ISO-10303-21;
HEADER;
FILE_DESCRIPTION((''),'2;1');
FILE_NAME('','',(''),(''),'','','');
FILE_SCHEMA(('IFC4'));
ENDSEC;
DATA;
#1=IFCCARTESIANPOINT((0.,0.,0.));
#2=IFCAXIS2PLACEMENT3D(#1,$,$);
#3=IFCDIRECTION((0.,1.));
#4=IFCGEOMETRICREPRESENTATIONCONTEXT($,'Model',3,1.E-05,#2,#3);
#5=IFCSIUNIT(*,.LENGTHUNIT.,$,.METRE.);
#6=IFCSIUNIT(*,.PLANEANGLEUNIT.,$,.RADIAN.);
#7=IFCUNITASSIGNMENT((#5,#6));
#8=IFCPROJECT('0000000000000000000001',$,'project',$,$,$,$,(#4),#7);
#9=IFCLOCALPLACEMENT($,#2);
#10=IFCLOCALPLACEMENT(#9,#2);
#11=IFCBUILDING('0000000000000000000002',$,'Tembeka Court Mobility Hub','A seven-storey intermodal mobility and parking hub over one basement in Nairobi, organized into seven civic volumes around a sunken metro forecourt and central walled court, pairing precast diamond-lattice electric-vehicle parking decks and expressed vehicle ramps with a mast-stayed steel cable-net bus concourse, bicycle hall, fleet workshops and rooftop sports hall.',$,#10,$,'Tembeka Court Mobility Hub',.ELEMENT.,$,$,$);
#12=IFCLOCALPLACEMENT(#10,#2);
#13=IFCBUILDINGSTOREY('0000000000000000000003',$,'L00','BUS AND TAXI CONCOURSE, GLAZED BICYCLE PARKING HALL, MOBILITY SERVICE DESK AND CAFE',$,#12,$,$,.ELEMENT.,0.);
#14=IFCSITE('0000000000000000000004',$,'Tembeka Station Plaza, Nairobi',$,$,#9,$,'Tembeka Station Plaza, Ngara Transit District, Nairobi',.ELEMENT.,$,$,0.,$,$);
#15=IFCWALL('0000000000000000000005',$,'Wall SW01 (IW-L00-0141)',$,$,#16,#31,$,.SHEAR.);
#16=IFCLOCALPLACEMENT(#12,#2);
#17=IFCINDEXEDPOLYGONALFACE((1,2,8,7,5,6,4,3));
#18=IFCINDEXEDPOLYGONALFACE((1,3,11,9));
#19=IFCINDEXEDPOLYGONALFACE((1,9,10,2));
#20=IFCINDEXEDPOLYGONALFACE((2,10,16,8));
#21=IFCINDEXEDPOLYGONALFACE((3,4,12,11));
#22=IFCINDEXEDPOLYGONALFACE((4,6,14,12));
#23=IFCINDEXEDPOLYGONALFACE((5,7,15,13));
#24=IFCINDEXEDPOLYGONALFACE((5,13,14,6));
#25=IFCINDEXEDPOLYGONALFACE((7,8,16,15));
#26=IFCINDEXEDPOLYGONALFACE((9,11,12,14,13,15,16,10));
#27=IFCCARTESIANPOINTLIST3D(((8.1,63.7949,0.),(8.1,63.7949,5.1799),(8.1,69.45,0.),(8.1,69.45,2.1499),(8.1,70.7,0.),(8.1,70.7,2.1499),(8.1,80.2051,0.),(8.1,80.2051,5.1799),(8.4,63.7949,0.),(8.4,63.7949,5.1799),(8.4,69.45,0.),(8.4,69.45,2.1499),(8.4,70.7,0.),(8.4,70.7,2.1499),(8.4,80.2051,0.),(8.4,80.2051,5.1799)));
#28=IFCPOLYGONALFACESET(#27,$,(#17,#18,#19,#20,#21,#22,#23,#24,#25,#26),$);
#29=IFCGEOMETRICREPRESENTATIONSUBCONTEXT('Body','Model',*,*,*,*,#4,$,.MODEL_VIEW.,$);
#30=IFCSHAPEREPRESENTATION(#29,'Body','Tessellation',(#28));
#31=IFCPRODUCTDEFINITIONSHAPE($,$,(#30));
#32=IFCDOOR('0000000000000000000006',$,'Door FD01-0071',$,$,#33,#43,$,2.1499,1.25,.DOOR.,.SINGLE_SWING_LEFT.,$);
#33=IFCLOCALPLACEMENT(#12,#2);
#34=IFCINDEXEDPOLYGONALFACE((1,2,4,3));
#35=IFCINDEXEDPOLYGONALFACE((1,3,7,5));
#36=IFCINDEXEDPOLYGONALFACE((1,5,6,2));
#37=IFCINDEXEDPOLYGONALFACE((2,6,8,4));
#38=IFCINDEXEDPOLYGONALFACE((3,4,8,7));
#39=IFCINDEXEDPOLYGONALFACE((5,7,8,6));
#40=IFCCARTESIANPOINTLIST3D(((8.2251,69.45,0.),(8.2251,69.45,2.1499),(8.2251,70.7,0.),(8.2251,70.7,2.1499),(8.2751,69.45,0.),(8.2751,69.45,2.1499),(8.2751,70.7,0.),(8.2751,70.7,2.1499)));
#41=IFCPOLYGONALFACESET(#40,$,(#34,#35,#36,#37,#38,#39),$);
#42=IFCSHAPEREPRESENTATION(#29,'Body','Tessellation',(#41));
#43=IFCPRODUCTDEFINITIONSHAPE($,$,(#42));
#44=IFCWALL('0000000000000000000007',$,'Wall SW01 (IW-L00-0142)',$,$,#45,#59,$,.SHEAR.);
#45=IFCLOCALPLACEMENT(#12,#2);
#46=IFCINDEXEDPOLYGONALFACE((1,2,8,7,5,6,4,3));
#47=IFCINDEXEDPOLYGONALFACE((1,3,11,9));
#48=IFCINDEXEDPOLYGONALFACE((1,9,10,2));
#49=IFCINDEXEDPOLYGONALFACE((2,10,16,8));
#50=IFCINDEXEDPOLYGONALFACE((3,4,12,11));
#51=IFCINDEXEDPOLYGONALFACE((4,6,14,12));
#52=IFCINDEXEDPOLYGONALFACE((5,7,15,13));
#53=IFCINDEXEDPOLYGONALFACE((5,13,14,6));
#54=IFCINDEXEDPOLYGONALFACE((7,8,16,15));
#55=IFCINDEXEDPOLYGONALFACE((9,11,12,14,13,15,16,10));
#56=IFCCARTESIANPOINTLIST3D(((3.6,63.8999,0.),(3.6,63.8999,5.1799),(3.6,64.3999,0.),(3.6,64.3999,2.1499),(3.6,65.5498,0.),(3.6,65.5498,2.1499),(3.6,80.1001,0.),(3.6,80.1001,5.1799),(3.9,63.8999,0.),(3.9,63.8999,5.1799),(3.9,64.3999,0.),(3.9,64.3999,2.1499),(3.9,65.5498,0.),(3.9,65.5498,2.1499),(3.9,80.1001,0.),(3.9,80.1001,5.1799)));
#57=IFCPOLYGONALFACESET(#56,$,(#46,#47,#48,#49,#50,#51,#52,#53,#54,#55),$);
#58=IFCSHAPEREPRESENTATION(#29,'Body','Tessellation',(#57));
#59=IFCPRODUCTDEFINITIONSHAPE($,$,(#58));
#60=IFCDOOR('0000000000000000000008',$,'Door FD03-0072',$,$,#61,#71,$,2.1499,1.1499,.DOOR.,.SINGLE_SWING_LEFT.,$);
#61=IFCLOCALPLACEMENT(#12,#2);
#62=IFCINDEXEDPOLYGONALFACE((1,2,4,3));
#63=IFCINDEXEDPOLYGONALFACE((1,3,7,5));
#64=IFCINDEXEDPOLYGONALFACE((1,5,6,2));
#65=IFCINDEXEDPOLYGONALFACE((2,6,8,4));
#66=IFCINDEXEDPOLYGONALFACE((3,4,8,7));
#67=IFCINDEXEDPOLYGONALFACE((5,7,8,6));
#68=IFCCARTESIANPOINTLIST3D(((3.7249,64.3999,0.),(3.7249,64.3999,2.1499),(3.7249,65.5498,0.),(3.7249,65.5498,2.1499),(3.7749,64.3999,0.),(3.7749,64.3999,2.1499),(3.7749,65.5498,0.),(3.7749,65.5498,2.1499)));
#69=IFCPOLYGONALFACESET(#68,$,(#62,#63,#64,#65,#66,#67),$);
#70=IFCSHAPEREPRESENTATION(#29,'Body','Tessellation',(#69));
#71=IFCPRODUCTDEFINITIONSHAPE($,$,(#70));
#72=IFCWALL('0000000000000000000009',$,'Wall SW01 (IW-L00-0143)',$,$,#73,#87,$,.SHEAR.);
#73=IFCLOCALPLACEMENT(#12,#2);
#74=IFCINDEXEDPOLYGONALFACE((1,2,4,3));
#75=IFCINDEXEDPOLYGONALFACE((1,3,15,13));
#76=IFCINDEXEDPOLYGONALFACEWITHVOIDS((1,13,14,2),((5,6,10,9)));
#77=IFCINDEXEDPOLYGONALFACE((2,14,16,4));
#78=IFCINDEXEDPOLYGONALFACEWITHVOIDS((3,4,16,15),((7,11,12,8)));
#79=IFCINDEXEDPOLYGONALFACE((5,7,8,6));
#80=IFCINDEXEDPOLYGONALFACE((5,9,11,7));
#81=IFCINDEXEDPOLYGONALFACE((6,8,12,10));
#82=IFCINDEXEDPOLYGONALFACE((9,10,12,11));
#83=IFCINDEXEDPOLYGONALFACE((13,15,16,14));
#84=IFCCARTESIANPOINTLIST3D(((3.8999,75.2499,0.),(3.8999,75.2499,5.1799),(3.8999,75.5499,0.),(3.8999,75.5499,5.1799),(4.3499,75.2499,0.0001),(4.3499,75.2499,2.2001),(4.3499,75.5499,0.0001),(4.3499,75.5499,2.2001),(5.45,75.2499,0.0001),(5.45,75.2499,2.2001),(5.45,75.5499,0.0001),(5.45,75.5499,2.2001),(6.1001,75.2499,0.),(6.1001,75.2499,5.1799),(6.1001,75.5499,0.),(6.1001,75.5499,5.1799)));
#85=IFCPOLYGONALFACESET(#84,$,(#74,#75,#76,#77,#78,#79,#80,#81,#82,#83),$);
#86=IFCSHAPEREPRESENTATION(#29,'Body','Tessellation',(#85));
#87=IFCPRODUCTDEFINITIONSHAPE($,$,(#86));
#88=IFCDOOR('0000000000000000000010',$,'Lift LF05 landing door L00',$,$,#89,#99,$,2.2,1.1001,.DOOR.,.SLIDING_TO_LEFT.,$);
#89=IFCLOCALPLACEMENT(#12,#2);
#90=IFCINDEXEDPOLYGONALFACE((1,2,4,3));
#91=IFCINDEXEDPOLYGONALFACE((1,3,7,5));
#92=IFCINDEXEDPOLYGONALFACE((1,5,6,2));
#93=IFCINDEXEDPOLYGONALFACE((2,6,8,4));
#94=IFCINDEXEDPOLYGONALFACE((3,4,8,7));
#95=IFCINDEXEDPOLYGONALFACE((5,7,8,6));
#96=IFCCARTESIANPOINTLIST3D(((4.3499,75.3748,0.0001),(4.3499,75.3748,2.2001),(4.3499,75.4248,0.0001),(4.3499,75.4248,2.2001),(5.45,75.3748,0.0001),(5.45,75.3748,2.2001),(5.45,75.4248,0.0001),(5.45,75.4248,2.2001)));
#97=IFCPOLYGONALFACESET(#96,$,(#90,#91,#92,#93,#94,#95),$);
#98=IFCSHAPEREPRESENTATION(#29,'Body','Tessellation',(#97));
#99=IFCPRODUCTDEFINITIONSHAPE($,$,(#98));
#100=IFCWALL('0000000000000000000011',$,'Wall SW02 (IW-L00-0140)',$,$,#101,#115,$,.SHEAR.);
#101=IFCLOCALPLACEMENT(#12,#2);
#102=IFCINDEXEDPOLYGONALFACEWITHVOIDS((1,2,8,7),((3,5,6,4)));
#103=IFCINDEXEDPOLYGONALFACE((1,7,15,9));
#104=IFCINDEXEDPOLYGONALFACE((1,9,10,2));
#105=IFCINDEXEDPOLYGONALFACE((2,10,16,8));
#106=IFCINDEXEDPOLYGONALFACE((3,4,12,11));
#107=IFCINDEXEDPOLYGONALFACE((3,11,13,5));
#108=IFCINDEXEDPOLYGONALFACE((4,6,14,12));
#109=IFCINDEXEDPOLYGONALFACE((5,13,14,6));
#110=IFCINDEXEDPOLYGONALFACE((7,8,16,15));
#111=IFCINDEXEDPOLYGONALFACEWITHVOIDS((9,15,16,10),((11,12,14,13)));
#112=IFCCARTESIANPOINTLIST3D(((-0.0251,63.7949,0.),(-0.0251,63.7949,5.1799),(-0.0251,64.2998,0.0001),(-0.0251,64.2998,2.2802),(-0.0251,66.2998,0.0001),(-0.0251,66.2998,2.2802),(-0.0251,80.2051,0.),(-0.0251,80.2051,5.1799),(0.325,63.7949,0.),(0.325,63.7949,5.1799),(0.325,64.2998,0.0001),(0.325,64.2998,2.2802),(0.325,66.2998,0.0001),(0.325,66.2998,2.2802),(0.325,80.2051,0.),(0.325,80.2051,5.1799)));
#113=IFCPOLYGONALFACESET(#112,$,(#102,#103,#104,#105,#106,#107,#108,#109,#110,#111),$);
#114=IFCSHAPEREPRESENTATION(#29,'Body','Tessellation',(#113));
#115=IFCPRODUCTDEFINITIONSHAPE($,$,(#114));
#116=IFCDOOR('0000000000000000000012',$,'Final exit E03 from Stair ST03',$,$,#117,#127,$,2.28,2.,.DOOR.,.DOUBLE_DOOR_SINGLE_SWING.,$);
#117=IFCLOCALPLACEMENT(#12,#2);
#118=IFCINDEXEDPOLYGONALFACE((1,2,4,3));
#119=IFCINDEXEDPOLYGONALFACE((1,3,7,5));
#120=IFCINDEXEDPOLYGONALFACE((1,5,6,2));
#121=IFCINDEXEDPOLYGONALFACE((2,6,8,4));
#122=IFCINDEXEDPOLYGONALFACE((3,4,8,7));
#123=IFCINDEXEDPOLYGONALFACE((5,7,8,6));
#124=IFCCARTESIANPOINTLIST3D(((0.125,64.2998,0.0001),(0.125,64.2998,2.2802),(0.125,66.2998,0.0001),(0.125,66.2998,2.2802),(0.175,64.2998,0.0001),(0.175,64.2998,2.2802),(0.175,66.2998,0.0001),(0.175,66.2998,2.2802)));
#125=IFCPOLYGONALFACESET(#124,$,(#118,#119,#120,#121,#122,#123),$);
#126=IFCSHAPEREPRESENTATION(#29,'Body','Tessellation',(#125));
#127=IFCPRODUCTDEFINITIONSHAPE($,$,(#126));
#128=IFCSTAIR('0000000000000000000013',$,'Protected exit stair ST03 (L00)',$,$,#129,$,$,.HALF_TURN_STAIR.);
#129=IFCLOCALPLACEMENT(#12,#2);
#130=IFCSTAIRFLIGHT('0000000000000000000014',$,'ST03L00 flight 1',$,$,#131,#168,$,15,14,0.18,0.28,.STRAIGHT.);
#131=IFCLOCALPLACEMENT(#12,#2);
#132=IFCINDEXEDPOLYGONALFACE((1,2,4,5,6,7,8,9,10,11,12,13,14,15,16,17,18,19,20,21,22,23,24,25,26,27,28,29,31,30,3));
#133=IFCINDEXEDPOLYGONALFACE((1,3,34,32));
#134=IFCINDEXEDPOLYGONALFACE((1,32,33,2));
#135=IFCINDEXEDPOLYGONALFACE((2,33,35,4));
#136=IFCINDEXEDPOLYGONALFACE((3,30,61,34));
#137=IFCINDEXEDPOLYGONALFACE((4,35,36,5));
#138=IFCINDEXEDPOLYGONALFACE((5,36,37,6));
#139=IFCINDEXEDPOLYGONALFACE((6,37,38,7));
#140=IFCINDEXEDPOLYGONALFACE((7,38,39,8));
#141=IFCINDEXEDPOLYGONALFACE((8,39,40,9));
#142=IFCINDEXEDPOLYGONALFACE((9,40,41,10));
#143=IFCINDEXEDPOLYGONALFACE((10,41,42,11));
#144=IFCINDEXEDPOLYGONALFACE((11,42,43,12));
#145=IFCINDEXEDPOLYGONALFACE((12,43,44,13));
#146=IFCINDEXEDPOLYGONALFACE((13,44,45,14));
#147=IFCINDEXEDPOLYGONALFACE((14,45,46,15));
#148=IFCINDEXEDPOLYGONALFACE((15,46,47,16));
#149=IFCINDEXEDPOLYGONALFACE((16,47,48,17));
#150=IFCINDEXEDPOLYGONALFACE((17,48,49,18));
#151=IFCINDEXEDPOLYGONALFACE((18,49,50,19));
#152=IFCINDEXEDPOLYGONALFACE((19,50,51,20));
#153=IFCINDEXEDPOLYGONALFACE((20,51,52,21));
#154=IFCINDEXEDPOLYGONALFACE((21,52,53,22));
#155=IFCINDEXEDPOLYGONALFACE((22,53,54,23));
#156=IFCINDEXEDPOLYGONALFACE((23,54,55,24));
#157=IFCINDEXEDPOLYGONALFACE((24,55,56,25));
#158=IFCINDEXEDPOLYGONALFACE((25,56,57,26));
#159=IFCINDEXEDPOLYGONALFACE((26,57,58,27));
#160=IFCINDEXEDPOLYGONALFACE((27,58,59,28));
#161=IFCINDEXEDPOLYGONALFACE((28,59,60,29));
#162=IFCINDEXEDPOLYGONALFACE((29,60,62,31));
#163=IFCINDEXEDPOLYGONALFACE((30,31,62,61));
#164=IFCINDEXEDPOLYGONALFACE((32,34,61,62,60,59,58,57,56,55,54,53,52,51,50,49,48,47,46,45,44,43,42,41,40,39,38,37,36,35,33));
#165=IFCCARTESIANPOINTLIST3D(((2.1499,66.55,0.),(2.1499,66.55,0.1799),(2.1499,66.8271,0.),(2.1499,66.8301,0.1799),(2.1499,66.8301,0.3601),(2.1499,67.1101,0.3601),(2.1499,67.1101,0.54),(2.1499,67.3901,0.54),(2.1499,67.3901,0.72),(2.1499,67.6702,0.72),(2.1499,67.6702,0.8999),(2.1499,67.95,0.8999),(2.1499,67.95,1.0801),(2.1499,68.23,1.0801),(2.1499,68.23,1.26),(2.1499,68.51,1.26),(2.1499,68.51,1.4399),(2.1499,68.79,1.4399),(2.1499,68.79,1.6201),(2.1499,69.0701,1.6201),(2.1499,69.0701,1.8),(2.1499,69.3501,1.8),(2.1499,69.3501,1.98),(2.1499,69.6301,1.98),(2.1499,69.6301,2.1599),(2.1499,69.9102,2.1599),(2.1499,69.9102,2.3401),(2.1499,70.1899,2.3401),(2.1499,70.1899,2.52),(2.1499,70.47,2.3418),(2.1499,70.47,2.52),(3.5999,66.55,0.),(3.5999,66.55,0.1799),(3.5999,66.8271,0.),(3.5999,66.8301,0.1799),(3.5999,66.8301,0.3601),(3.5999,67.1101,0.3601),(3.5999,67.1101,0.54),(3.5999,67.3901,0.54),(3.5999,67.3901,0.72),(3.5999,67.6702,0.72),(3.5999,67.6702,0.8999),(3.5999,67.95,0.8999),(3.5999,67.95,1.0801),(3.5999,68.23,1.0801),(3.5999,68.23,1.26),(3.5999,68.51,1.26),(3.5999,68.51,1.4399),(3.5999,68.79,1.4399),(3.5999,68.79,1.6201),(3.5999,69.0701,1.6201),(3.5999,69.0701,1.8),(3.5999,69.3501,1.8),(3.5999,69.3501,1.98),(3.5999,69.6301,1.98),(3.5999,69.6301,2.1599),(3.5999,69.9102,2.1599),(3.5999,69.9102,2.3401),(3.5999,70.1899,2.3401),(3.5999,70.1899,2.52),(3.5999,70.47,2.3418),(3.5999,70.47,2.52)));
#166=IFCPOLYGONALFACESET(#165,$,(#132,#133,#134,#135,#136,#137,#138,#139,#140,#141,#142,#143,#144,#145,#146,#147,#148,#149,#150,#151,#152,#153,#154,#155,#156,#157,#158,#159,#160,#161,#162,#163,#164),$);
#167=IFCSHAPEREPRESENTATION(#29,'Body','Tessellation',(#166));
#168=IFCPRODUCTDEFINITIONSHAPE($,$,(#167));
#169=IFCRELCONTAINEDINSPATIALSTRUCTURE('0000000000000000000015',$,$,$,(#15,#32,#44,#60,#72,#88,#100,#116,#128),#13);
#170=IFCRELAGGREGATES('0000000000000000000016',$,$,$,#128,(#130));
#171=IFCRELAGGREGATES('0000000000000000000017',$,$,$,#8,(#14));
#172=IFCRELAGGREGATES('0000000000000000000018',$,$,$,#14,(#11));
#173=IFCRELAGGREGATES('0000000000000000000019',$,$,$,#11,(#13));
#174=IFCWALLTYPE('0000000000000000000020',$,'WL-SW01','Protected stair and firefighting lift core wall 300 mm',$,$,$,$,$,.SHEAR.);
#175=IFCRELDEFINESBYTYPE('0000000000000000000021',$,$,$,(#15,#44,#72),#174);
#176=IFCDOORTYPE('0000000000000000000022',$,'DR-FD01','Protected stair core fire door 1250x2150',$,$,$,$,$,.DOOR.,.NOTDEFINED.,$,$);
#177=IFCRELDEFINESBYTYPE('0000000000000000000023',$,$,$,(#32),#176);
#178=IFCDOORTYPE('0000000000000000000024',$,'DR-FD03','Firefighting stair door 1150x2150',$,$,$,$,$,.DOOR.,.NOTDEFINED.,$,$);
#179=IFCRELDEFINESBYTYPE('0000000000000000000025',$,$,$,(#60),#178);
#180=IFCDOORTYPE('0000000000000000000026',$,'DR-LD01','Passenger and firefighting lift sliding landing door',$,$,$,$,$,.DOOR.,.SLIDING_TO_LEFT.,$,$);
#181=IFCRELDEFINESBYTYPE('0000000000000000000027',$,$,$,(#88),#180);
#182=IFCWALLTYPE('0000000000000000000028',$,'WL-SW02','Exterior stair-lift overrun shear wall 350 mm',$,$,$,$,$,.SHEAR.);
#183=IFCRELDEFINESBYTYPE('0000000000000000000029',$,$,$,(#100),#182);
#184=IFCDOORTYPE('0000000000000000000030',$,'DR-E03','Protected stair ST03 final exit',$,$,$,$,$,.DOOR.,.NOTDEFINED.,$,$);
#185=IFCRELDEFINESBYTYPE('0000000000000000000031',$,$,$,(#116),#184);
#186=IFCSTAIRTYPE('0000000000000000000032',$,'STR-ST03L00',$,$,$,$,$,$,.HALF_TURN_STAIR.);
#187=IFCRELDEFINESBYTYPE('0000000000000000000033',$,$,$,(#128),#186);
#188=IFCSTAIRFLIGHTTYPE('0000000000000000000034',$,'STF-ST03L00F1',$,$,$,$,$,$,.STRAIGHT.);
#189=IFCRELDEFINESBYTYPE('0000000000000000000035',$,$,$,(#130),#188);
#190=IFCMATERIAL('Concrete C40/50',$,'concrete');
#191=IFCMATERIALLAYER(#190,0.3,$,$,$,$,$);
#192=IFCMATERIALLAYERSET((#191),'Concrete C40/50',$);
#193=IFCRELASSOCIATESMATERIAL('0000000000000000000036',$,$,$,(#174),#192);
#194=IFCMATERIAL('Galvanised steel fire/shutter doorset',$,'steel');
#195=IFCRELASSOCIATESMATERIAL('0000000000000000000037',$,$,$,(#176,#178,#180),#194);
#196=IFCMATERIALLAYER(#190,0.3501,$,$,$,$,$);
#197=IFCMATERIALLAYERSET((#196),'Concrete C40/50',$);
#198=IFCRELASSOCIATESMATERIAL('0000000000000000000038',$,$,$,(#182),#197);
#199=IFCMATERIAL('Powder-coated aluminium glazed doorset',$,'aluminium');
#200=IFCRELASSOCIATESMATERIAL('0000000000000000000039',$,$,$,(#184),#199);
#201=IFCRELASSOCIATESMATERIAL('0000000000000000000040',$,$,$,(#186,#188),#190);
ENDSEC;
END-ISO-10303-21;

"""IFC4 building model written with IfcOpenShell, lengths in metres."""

from ifc_helpers import new_model, si_unit, direction, frame, frame_2d, origin, place, context, subcontext, project, spatial, polyline, rectangle, outline, extrude, material, layer, layer_set, type_object, element, fill, aggregate, save


model = new_model("IFC4")

# Units and contexts
model_context = context("Model", 3, precision=1e-05, world=origin(), true_north=direction((0.0, 1.0)))
body_context = subcontext(model_context, "Body", "Model", "MODEL_VIEW")
ifc_project = project(units=[si_unit("LENGTHUNIT", "METRE"), si_unit("PLANEANGLEUNIT", "RADIAN")], contexts=[model_context])

# Site, building, storey
site_placement = place(None, origin())
site = spatial("IfcSite", under=ifc_project, at=site_placement, Name="Tembeka Station Plaza, Nairobi", LongName="Tembeka Station Plaza, Ngara Transit District, Nairobi", CompositionType="ELEMENT", RefElevation=0.0)
building_placement = place(site_placement, origin())
building = spatial("IfcBuilding", under=site, at=building_placement, Name="Tembeka Court Mobility Hub", Description="A seven-storey intermodal mobility and parking hub over one basement in Nairobi, organized into seven civic volumes around a sunken metro forecourt and central walled court, pairing precast diamond-lattice electric-vehicle parking decks and expressed vehicle ramps with a mast-stayed steel cable-net bus concourse, bicycle hall, fleet workshops and rooftop sports hall.", LongName="Tembeka Court Mobility Hub", CompositionType="ELEMENT")
storey_placement = place(building_placement, origin())
storey = spatial("IfcBuildingStorey", under=building, at=storey_placement, Name="L00", Description="BUS AND TAXI CONCOURSE, GLAZED BICYCLE PARKING HALL, MOBILITY SERVICE DESK AND CAFE", CompositionType="ELEMENT", Elevation=0.0)

# Shared definitions
ifc_material_1 = material(Name="Concrete C40/50", Category="concrete")
ifc_layer_1 = layer(ifc_material_1, 0.3)
ifc_layer_set_1 = layer_set([ifc_layer_1], Name="Concrete C40/50")
wall_type_1 = type_object("IfcWallType", Name="WL-SW01", Description="Protected stair and firefighting lift core wall 300 mm", PredefinedType="SHEAR", material=ifc_layer_set_1)

# Walls, openings, doors
wall_1_placement = place(storey_placement, frame((8.25, 63.7949, 0.0), z_axis=(0.0, 0.0, 1.0), x_axis=(0.0, 1.0, 0.0)))
wall_1 = element("IfcWall", 1, at=wall_1_placement, inside=storey, type_object=wall_type_1, Name="Wall SW01 (IW-L00-0141)", PredefinedType="SHEAR", context=body_context, shape_type="SweptSolid", body=[
    extrude(rectangle(XDim=16.4102, YDim=0.3, at=frame_2d((8.2051, 0.0))), origin(), (0.0, 0.0, 1.0), 5.1799),
])
opening_1_placement = place(wall_1_placement, frame((5.655, 0.0, 0.0)))
opening_1 = element("IfcOpeningElement", 2, at=opening_1_placement, cuts=wall_1, PredefinedType="OPENING", context=body_context, shape_type="SweptSolid", body=[
    extrude(rectangle(XDim=1.25, YDim=2.1499, at=frame_2d((0.625, 1.075))), frame((0.0, 0.1602, 0.0), z_axis=(0.0, -1.0, 0.0), x_axis=(1.0, 0.0, 0.0)), (0.0, 0.0, 1.0), 0.3201),
])
ifc_material_2 = material(Name="Galvanised steel fire/shutter doorset", Category="steel")
door_type_1 = type_object("IfcDoorType", Name="DR-FD01", Description="Protected stair core fire door 1250x2150", OperationType="NOTDEFINED", PredefinedType="DOOR", material=ifc_material_2)
door_1_placement = place(opening_1_placement, origin())
door_1 = element("IfcDoor", 3, at=door_1_placement, inside=storey, type_object=door_type_1, Name="Door FD01-0071", OperationType="SINGLE_SWING_LEFT", OverallHeight=2.1499, OverallWidth=1.25, PredefinedType="DOOR", context=body_context, shape_type="SweptSolid", body=[
    extrude(rectangle(XDim=1.25, YDim=2.1499, at=frame_2d((0.625, 1.075))), frame((0.0, 0.0249, 0.0), z_axis=(0.0, -1.0, 0.0), x_axis=(1.0, 0.0, 0.0)), (0.0, 0.0, 1.0), 0.05),
])
fill(opening_1, door_1)
wall_2_placement = place(storey_placement, frame((3.75, 63.8999, 0.0), z_axis=(0.0, 0.0, 1.0), x_axis=(0.0, 1.0, 0.0)))
wall_2 = element("IfcWall", 4, at=wall_2_placement, inside=storey, type_object=wall_type_1, Name="Wall SW01 (IW-L00-0142)", PredefinedType="SHEAR", context=body_context, shape_type="SweptSolid", body=[
    extrude(rectangle(XDim=16.2002, YDim=0.3, at=frame_2d((8.1001, 0.0))), origin(), (0.0, 0.0, 1.0), 5.1799),
])
opening_2_placement = place(wall_2_placement, frame((0.5, 0.0, 0.0)))
opening_2 = element("IfcOpeningElement", 5, at=opening_2_placement, cuts=wall_2, PredefinedType="OPENING", context=body_context, shape_type="SweptSolid", body=[
    extrude(rectangle(XDim=1.1499, YDim=2.1499, at=frame_2d((0.575, 1.075))), frame((0.0, 0.1602, 0.0), z_axis=(0.0, -1.0, 0.0), x_axis=(1.0, 0.0, 0.0)), (0.0, 0.0, 1.0), 0.3201),
])
door_type_2 = type_object("IfcDoorType", Name="DR-FD03", Description="Firefighting stair door 1150x2150", OperationType="NOTDEFINED", PredefinedType="DOOR", material=ifc_material_2)
door_2_placement = place(opening_2_placement, frame((1.1499, 0.0, 0.0), z_axis=(0.0, 0.0, 1.0), x_axis=(-1.0, 0.0, 0.0)))
door_2 = element("IfcDoor", 6, at=door_2_placement, inside=storey, type_object=door_type_2, Name="Door FD03-0072", OperationType="SINGLE_SWING_LEFT", OverallHeight=2.1499, OverallWidth=1.1499, PredefinedType="DOOR", context=body_context, shape_type="SweptSolid", body=[
    extrude(rectangle(XDim=1.1499, YDim=2.1499, at=frame_2d((0.575, 1.075))), frame((0.0, 0.0249, 0.0), z_axis=(0.0, -1.0, 0.0), x_axis=(1.0, 0.0, 0.0)), (0.0, 0.0, 1.0), 0.05),
])
fill(opening_2, door_2)
wall_3_placement = place(storey_placement, frame((3.8999, 75.3999, 0.0), z_axis=(0.0, 0.0, 1.0), x_axis=(1.0, 0.0, 0.0)))
wall_3 = element("IfcWall", 7, at=wall_3_placement, inside=storey, type_object=wall_type_1, Name="Wall SW01 (IW-L00-0143)", PredefinedType="SHEAR", context=body_context, shape_type="SweptSolid", body=[
    extrude(rectangle(XDim=2.2002, YDim=0.3, at=frame_2d((1.1001, 0.0))), origin(), (0.0, 0.0, 1.0), 5.1799),
])
opening_3_placement = place(wall_3_placement, frame((0.45, 0.0, 0.0)))
opening_3 = element("IfcOpeningElement", 8, at=opening_3_placement, cuts=wall_3, PredefinedType="OPENING", context=body_context, shape_type="SweptSolid", body=[
    extrude(rectangle(XDim=1.1001, YDim=2.2, at=frame_2d((0.55, 1.1001))), frame((0.0, 0.1602, 0.0), z_axis=(0.0, -1.0, 0.0), x_axis=(1.0, 0.0, 0.0)), (0.0, 0.0, 1.0), 0.3201),
])
door_type_3 = type_object("IfcDoorType", Name="DR-LD01", Description="Passenger and firefighting lift sliding landing door", OperationType="SLIDING_TO_LEFT", PredefinedType="DOOR", material=ifc_material_2)
door_3_placement = place(opening_3_placement, origin())
door_3 = element("IfcDoor", 9, at=door_3_placement, inside=storey, type_object=door_type_3, Name="Lift LF05 landing door L00", OperationType="SLIDING_TO_LEFT", OverallHeight=2.2, OverallWidth=1.1001, PredefinedType="DOOR", context=body_context, shape_type="SweptSolid", body=[
    extrude(rectangle(XDim=1.1001, YDim=2.2, at=frame_2d((0.55, 1.1001))), frame((0.0, 0.0249, 0.0), z_axis=(0.0, -1.0, 0.0), x_axis=(1.0, 0.0, 0.0)), (0.0, 0.0, 1.0), 0.05),
])
fill(opening_3, door_3)
ifc_layer_2 = layer(ifc_material_1, 0.3501)
ifc_layer_set_2 = layer_set([ifc_layer_2], Name="Concrete C40/50")
wall_type_2 = type_object("IfcWallType", Name="WL-SW02", Description="Exterior stair-lift overrun shear wall 350 mm", PredefinedType="SHEAR", material=ifc_layer_set_2)
wall_4_placement = place(storey_placement, frame((0.1499, 63.7949, 0.0), z_axis=(0.0, 0.0, 1.0), x_axis=(0.0, 1.0, 0.0)))
wall_4 = element("IfcWall", 10, at=wall_4_placement, inside=storey, type_object=wall_type_2, Name="Wall SW02 (IW-L00-0140)", PredefinedType="SHEAR", context=body_context, shape_type="SweptSolid", body=[
    extrude(rectangle(XDim=16.4102, YDim=0.3501, at=frame_2d((8.2051, 0.0))), origin(), (0.0, 0.0, 1.0), 5.1799),
])
opening_4_placement = place(wall_4_placement, frame((0.5049, 0.0, 0.0)))
opening_4 = element("IfcOpeningElement", 11, at=opening_4_placement, cuts=wall_4, PredefinedType="OPENING", context=body_context, shape_type="SweptSolid", body=[
    extrude(rectangle(XDim=2.0, YDim=2.28, at=frame_2d((1.0, 1.1401))), frame((0.0, 0.1851, 0.0), z_axis=(0.0, -1.0, 0.0), x_axis=(1.0, 0.0, 0.0)), (0.0, 0.0, 1.0), 0.3701),
])
ifc_material_3 = material(Name="Powder-coated aluminium glazed doorset", Category="aluminium")
door_type_4 = type_object("IfcDoorType", Name="DR-E03", Description="Protected stair ST03 final exit", OperationType="NOTDEFINED", PredefinedType="DOOR", material=ifc_material_3)
door_4_placement = place(opening_4_placement, origin())
door_4 = element("IfcDoor", 12, at=door_4_placement, inside=storey, type_object=door_type_4, Name="Final exit E03 from Stair ST03", OperationType="DOUBLE_DOOR_SINGLE_SWING", OverallHeight=2.28, OverallWidth=2.0, PredefinedType="DOOR", context=body_context, shape_type="SweptSolid", body=[
    extrude(rectangle(XDim=2.0, YDim=2.28, at=frame_2d((1.0, 1.1401))), frame((0.0, 0.0249, 0.0), z_axis=(0.0, -1.0, 0.0), x_axis=(1.0, 0.0, 0.0)), (0.0, 0.0, 1.0), 0.05),
])
fill(opening_4, door_4)

# Stair, stair flight
stair_type = type_object("IfcStairType", Name="STR-ST03L00", PredefinedType="HALF_TURN_STAIR", material=ifc_material_1)
stair_placement = place(storey_placement, origin())
stair = element("IfcStair", 13, at=stair_placement, inside=storey, type_object=stair_type, Name="Protected exit stair ST03 (L00)", PredefinedType="HALF_TURN_STAIR")
stair_flight_type_1 = type_object("IfcStairFlightType", Name="STF-ST03L00F1", PredefinedType="STRAIGHT", material=ifc_material_1)
stair_flight_1_placement = place(storey_placement, frame((2.875, 66.55, 0.0), z_axis=(0.0, 0.0, 1.0), x_axis=(0.0, 1.0, 0.0)))
stair_flight_1 = element("IfcStairFlight", 14, at=stair_flight_1_placement, type_object=stair_flight_type_1, Name="ST03L00 flight 1", NumberOfRisers=15, NumberOfTreads=14, PredefinedType="STRAIGHT", RiserHeight=0.18, TreadLength=0.28, context=body_context, shape_type="SweptSolid", body=[
    extrude(outline(polyline([(0.0, 0.0), (0.0, 0.1799), (0.28, 0.1799), (0.28, 0.3601), (0.5601, 0.3601), (0.5601, 0.54), (0.8401, 0.54), (0.8401, 0.72), (1.1201, 0.72), (1.1201, 0.8999), (1.3999, 0.8999), (1.3999, 1.0801), (1.6799, 1.0801), (1.6799, 1.26), (1.96, 1.26), (1.96, 1.4399), (2.24, 1.4399), (2.24, 1.6201), (2.52, 1.6201), (2.52, 1.8), (2.8, 1.8), (2.8, 1.98), (3.0801, 1.98), (3.0801, 2.1599), (3.3601, 2.1599), (3.3601, 2.3401), (3.6399, 2.3401), (3.6399, 2.52), (3.9199, 2.52), (3.9199, 2.7), (3.9199, 2.3418), (0.2771, 0.0), (0.0, 0.0)])), frame((0.0, 0.7251, 0.0), z_axis=(0.0, -1.0, 0.0), x_axis=(1.0, 0.0, 0.0)), (0.0, 0.0, 1.0), 1.45),
])
aggregate(stair, [stair_flight_1])

save(model, "model.ifc")
